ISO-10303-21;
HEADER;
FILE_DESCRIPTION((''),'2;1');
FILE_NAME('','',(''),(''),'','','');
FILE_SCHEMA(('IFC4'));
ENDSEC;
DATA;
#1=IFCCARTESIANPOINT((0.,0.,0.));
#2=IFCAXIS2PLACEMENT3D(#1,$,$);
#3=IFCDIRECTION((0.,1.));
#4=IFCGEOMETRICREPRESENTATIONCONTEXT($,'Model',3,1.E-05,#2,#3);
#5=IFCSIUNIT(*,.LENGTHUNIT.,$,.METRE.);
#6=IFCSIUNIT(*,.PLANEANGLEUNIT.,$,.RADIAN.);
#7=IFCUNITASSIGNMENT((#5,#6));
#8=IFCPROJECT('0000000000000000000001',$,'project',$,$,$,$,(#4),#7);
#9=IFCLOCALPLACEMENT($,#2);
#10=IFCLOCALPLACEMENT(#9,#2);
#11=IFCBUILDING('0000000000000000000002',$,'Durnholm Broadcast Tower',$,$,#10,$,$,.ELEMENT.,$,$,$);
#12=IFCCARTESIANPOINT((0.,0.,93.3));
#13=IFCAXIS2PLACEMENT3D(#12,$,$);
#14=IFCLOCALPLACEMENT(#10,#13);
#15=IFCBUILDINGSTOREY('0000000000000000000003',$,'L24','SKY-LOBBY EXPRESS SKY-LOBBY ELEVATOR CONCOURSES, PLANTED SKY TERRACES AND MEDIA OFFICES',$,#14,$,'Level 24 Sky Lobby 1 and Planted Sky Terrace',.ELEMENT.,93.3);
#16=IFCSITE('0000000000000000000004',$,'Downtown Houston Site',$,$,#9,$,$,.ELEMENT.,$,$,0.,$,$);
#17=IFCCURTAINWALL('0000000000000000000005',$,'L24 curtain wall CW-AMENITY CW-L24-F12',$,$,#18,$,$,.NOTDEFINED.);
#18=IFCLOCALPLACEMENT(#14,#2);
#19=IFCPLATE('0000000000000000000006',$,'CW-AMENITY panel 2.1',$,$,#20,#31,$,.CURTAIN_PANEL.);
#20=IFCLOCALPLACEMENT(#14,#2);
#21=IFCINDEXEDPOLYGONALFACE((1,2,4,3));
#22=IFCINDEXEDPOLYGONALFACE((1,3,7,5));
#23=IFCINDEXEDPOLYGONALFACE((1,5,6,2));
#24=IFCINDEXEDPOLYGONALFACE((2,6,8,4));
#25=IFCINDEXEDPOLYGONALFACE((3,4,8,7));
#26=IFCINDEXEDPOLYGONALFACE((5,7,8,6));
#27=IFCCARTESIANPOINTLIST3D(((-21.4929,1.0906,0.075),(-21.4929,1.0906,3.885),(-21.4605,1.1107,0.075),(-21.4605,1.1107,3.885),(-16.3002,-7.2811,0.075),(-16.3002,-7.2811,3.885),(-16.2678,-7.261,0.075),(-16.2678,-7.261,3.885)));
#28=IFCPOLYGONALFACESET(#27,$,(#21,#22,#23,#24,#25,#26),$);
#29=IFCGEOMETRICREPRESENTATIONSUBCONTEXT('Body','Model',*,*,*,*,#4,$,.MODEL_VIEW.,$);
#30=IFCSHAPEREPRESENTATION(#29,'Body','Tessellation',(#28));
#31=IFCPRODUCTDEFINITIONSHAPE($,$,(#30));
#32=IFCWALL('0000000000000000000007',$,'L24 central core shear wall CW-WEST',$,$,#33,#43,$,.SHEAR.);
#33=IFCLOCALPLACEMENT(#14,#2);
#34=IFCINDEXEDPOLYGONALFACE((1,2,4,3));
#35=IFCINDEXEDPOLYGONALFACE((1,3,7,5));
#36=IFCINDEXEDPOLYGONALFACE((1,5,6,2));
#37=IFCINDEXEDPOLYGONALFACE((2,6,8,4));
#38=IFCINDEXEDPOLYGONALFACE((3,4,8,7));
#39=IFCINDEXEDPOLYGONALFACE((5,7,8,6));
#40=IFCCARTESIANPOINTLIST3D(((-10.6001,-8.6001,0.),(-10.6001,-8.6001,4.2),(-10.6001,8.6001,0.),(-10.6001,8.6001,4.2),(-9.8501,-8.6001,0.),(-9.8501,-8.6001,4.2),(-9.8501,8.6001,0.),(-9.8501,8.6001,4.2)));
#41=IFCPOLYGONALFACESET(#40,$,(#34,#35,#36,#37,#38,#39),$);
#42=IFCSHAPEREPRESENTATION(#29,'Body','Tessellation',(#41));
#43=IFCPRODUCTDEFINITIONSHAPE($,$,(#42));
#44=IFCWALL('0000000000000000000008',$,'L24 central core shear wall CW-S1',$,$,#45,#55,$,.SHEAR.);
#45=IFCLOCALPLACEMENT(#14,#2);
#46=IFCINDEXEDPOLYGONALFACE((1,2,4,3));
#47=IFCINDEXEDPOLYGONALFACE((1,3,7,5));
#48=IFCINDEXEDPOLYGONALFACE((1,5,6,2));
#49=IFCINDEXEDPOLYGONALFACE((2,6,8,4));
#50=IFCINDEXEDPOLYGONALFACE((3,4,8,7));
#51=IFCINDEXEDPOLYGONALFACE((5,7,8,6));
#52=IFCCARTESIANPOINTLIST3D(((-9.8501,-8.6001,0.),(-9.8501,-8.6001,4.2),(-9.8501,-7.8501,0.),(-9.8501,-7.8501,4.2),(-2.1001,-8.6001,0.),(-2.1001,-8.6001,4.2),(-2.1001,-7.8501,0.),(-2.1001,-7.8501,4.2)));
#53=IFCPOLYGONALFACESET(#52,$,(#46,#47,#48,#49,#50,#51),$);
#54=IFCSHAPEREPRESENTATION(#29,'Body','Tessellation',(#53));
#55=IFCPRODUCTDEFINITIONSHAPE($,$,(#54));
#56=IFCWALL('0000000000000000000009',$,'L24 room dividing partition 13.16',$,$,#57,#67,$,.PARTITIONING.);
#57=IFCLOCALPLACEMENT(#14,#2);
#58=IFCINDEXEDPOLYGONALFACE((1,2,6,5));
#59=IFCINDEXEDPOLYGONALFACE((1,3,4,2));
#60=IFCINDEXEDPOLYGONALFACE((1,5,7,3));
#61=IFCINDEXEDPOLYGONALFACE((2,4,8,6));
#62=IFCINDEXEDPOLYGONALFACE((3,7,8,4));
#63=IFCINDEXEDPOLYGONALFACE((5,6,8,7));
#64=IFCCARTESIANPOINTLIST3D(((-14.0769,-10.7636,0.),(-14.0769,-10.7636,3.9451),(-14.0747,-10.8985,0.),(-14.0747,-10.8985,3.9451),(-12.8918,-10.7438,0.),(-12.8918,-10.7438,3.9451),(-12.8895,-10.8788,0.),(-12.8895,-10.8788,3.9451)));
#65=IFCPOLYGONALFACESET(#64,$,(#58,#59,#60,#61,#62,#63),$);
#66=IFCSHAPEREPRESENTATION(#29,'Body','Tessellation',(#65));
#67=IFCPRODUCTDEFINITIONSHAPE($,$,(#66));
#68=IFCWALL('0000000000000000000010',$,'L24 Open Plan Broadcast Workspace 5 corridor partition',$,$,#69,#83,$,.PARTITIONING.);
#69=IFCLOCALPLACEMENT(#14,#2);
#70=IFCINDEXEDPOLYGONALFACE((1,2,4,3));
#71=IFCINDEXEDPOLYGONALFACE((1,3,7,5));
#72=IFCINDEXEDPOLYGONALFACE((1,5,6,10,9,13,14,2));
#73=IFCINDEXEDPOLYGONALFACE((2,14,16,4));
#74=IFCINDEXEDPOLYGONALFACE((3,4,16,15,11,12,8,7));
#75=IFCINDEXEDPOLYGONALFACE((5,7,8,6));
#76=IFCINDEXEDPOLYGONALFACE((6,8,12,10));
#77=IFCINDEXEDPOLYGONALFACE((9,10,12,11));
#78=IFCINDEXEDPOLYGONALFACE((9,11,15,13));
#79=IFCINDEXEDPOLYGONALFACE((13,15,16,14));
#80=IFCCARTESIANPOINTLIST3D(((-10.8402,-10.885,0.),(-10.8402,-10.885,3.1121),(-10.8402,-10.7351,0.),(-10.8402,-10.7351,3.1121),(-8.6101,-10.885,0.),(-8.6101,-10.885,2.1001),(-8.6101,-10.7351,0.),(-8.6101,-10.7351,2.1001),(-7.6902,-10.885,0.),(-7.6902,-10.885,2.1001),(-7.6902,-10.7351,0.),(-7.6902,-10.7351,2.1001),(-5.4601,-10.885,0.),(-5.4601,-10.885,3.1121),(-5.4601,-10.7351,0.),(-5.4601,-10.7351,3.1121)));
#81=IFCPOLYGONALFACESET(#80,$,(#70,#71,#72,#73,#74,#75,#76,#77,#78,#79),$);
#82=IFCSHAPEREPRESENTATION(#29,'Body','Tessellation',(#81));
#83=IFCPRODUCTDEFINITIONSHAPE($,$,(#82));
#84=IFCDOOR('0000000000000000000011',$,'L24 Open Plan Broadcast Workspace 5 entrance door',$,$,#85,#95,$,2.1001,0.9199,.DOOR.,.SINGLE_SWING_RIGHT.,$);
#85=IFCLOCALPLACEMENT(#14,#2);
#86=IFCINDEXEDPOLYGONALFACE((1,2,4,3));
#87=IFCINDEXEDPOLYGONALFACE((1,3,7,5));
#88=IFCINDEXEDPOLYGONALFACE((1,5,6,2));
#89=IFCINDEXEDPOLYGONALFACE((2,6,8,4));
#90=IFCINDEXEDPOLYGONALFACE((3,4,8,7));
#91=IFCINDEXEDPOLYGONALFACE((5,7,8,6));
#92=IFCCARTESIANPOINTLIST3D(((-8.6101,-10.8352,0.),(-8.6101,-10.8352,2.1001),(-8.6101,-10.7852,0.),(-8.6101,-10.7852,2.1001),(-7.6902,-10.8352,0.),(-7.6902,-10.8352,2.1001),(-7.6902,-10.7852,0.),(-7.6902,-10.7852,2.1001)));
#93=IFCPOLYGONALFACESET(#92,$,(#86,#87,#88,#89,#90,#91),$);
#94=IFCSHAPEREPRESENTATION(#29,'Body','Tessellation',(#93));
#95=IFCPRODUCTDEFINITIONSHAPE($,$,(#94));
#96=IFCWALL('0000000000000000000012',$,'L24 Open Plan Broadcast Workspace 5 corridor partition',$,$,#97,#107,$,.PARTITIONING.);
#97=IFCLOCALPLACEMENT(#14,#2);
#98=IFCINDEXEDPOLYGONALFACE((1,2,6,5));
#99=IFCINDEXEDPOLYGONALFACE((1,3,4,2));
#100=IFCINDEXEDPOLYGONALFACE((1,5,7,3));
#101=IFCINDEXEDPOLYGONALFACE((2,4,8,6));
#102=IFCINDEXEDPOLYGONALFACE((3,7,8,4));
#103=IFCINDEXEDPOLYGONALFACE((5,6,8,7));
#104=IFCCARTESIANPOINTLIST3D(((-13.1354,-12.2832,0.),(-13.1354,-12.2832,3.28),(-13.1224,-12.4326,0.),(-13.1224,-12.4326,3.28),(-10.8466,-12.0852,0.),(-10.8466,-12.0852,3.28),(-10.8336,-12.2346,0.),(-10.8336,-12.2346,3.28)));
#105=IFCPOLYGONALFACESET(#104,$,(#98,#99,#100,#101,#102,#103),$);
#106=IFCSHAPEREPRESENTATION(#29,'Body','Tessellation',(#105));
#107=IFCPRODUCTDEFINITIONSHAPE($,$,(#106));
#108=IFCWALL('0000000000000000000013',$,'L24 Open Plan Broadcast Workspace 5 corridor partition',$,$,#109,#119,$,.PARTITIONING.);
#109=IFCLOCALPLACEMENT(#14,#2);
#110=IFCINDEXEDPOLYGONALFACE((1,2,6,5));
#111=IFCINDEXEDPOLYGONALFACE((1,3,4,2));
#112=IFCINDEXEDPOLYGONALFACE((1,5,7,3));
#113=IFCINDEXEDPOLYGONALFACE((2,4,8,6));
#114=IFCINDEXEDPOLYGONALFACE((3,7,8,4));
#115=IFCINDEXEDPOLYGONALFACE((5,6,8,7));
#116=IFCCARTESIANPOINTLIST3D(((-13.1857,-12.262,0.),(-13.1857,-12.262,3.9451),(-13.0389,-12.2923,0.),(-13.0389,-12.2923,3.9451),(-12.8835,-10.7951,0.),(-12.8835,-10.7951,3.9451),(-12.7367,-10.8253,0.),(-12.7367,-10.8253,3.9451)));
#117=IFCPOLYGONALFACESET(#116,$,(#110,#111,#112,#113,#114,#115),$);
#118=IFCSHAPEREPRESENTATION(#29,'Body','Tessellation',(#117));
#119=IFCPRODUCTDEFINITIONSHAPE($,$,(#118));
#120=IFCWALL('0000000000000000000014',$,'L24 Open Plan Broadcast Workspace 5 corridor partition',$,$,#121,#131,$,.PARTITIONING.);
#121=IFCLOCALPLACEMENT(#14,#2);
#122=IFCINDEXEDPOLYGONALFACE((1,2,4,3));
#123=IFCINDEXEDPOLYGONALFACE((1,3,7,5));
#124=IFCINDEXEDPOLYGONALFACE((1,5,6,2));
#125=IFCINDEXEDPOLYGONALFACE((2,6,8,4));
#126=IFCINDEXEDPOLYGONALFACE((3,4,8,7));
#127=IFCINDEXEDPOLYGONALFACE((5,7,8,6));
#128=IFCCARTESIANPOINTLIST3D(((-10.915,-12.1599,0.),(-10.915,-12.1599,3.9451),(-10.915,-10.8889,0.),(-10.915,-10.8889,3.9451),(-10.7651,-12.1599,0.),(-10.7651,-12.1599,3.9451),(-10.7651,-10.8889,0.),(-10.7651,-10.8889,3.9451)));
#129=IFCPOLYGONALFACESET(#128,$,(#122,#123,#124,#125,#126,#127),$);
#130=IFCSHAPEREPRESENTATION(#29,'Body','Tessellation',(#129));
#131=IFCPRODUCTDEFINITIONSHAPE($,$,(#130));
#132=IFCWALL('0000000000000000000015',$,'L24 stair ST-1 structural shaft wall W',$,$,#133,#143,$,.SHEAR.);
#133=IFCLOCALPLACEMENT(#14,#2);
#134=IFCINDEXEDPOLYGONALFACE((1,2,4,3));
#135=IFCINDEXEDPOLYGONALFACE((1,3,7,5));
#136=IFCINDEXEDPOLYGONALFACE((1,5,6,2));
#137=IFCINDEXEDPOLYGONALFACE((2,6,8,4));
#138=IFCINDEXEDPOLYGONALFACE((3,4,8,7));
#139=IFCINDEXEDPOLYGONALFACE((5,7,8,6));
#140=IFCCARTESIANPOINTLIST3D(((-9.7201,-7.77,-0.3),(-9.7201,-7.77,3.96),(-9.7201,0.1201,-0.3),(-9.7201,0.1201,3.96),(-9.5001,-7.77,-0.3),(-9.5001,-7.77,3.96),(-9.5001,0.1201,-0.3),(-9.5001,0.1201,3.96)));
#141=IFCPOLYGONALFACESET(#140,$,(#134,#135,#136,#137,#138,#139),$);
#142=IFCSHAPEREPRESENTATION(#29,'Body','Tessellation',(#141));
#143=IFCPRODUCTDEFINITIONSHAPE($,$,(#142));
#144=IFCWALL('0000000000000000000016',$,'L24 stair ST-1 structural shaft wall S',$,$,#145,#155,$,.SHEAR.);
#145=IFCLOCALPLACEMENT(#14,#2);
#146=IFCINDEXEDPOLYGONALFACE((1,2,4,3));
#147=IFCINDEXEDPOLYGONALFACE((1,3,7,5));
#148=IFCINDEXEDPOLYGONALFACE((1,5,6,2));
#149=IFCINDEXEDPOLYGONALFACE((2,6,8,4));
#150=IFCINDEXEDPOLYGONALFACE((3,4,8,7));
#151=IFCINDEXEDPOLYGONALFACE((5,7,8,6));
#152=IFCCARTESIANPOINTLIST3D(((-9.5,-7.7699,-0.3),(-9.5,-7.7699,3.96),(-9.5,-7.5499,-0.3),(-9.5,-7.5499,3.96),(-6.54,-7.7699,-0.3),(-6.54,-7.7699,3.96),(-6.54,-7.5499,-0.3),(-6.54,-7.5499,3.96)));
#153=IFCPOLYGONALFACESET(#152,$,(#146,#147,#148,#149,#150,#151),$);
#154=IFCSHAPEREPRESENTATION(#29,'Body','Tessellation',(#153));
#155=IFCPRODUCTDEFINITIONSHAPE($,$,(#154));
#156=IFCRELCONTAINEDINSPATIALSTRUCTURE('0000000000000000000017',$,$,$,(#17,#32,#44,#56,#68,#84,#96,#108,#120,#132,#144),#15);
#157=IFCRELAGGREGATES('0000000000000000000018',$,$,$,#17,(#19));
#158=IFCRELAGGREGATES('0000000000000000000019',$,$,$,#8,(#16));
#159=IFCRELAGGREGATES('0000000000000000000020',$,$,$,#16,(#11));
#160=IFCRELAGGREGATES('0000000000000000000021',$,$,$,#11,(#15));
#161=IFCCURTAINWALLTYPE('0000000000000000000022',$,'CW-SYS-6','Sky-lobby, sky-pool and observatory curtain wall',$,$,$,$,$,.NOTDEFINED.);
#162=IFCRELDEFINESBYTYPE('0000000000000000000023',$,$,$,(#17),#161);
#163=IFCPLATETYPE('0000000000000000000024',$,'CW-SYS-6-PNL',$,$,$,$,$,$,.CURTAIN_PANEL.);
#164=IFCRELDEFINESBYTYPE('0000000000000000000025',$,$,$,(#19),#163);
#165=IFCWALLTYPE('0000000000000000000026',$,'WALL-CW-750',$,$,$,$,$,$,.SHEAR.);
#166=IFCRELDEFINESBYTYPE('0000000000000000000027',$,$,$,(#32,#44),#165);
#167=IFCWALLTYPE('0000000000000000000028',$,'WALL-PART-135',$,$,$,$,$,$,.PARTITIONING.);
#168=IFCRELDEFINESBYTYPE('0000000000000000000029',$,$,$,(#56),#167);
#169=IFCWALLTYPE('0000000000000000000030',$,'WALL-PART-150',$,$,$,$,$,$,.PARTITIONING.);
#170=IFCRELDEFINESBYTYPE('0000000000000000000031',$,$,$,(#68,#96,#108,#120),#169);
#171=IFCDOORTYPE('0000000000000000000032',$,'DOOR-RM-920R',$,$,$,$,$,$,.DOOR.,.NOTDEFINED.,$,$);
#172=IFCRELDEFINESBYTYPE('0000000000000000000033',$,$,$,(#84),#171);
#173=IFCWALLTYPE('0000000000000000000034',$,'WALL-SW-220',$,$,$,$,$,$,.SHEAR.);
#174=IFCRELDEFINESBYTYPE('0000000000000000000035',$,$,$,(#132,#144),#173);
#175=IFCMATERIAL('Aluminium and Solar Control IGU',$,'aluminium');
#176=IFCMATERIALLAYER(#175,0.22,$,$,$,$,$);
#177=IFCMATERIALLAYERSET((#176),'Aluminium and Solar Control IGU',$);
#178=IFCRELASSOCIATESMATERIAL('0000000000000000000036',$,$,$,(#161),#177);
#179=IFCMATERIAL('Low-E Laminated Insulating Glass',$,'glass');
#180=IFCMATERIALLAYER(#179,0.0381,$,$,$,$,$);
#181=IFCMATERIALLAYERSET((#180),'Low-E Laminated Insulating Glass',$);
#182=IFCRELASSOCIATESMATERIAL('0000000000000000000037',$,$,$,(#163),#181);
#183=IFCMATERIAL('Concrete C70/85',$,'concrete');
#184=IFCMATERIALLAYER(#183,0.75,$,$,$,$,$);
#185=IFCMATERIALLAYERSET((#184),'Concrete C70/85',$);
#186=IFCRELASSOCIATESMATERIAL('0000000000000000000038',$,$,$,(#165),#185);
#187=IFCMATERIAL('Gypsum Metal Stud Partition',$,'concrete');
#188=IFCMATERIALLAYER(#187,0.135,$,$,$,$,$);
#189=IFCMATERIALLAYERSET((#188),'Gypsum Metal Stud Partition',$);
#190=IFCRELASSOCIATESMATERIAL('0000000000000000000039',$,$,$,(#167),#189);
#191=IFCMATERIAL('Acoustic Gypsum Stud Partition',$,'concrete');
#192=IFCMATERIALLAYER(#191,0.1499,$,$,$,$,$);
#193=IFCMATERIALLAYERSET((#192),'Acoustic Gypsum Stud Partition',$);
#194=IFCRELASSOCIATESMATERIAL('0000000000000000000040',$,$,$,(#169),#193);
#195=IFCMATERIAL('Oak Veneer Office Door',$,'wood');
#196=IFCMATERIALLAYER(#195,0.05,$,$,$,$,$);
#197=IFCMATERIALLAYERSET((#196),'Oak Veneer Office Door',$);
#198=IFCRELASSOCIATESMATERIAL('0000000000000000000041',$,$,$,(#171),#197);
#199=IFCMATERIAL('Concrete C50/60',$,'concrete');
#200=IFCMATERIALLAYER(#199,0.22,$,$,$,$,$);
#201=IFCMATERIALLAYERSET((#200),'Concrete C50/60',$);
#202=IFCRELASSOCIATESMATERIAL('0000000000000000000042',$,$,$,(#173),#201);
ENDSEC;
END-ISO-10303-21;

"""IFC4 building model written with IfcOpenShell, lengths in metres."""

from ifc_helpers import new_model, si_unit, direction, frame, frame_2d, origin, origin_2d, place, context, subcontext, project, spatial, rectangle, extrude, source, transform, mapped, material, layer, layer_set, type_object, type_shapes, element, fill, aggregate, save


model = new_model("IFC4")

# Units and contexts
model_context = context("Model", 3, precision=1e-05, world=origin(), true_north=direction((0.0, 1.0)))
body_context = subcontext(model_context, "Body", "Model", "MODEL_VIEW")
ifc_project = project(units=[si_unit("LENGTHUNIT", "METRE"), si_unit("PLANEANGLEUNIT", "RADIAN")], contexts=[model_context])

# Site, building, storey
site_placement = place(None, origin())
site = spatial("IfcSite", under=ifc_project, at=site_placement, Name="Downtown Houston Site", CompositionType="ELEMENT", RefElevation=0.0)
building_placement = place(site_placement, origin())
building = spatial("IfcBuilding", under=site, at=building_placement, Name="Durnholm Broadcast Tower", CompositionType="ELEMENT")
storey_placement = place(building_placement, frame((0.0, 0.0, 93.3)))
storey = spatial("IfcBuildingStorey", under=building, at=storey_placement, Name="L24", Description="SKY-LOBBY EXPRESS SKY-LOBBY ELEVATOR CONCOURSES, PLANTED SKY TERRACES AND MEDIA OFFICES", LongName="Level 24 Sky Lobby 1 and Planted Sky Terrace", CompositionType="ELEMENT", Elevation=93.3)

# Shared definitions
ifc_material_1 = material(Name="Concrete C70/85", Category="concrete")

# Shared definitions
ifc_material_2 = material(Name="Aluminium and Solar Control IGU", Category="aluminium")

# Shared definitions
ifc_layer_1 = layer(ifc_material_2, 0.22)
ifc_layer_set_1 = layer_set([ifc_layer_1], Name="Aluminium and Solar Control IGU")
curtain_wall_type_1 = type_object("IfcCurtainWallType", Name="CW-SYS-6", Description="Sky-lobby, sky-pool and observatory curtain wall", PredefinedType="NOTDEFINED", material=ifc_layer_set_1)

# Curtain wall
curtain_wall_1_placement = place(storey_placement, origin())
curtain_wall_1 = element("IfcCurtainWall", 1, at=curtain_wall_1_placement, inside=storey, type_object=curtain_wall_type_1, Name="L24 curtain wall CW-AMENITY CW-L24-F12", PredefinedType="NOTDEFINED")

# Plate
ifc_material_3 = material(Name="Low-E Laminated Insulating Glass", Category="glass")
ifc_layer_2 = layer(ifc_material_3, 0.0381)
ifc_layer_set_2 = layer_set([ifc_layer_2], Name="Low-E Laminated Insulating Glass")
plate_type_1 = type_object("IfcPlateType", Name="CW-SYS-6-PNL", PredefinedType="CURTAIN_PANEL", material=ifc_layer_set_2)
shared_shape_1 = source(origin(), body_context, "Body", "SweptSolid", [
    extrude(rectangle(XDim=9.8513, YDim=0.0381, at=origin_2d()), origin(), (0.0, 0.0, 1.0), 3.8101),
])
type_shapes(plate_type_1, [shared_shape_1])
plate_1_placement = place(storey_placement, frame((-18.8804, -3.0852, 0.075), z_axis=(0.0, 0.0, 1.0), x_axis=(-0.527105, 0.8498, 0.0)))
plate_1 = element("IfcPlate", 2, at=plate_1_placement, type_object=plate_type_1, Name="CW-AMENITY panel 2.1", PredefinedType="CURTAIN_PANEL", context=body_context, shape_type="MappedRepresentation", body=[
    mapped(shared_shape_1, transform((0.0, 0.0, 0.0), x_axis=(1.0, 0.0, 0.0), y_axis=(0.0, 1.0, 0.0), z_axis=(0.0, 0.0, 1.0), scale=1.0)),
])
aggregate(curtain_wall_1, [plate_1])

# Walls
ifc_layer_3 = layer(ifc_material_1, 0.75)
ifc_layer_set_3 = layer_set([ifc_layer_3], Name="Concrete C70/85")
wall_type_1 = type_object("IfcWallType", Name="WALL-CW-750", PredefinedType="SHEAR", material=ifc_layer_set_3)
wall_1_placement = place(storey_placement, frame((-10.2251, -8.6001, 0.0), z_axis=(0.0, 0.0, 1.0), x_axis=(0.0, 1.0, 0.0)))
element("IfcWall", 3, at=wall_1_placement, inside=storey, type_object=wall_type_1, Name="L24 central core shear wall CW-WEST", PredefinedType="SHEAR", context=body_context, shape_type="SweptSolid", body=[
    extrude(rectangle(XDim=17.2002, YDim=0.75, at=frame_2d((8.6001, 0.0))), origin(), (0.0, 0.0, 1.0), 4.2),
])
wall_2_placement = place(storey_placement, frame((-9.8501, -8.2251, 0.0), z_axis=(0.0, 0.0, 1.0), x_axis=(1.0, 0.0, 0.0)))
element("IfcWall", 4, at=wall_2_placement, inside=storey, type_object=wall_type_1, Name="L24 central core shear wall CW-S1", PredefinedType="SHEAR", context=body_context, shape_type="SweptSolid", body=[
    extrude(rectangle(XDim=7.75, YDim=0.75, at=frame_2d((3.875, 0.0))), origin(), (0.0, 0.0, 1.0), 4.2),
])
ifc_material_4 = material(Name="Gypsum Metal Stud Partition", Category="concrete")
ifc_layer_4 = layer(ifc_material_4, 0.135)
ifc_layer_set_4 = layer_set([ifc_layer_4], Name="Gypsum Metal Stud Partition")
wall_type_2 = type_object("IfcWallType", Name="WALL-PART-135", PredefinedType="PARTITIONING", material=ifc_layer_set_4)
wall_3_placement = place(storey_placement, frame((-14.0759, -10.8311, 0.0), z_axis=(0.0, 0.0, 1.0), x_axis=(0.999861, 0.016685, 0.0)))
element("IfcWall", 5, at=wall_3_placement, inside=storey, type_object=wall_type_2, Name="L24 room dividing partition 13.16", PredefinedType="PARTITIONING", context=body_context, shape_type="SweptSolid", body=[
    extrude(rectangle(XDim=1.1853, YDim=0.135, at=frame_2d((0.5928, 0.0))), origin(), (0.0, 0.0, 1.0), 3.9451),
])

# Wall, opening, door
ifc_material_5 = material(Name="Acoustic Gypsum Stud Partition", Category="concrete")
ifc_layer_5 = layer(ifc_material_5, 0.1499)
ifc_layer_set_5 = layer_set([ifc_layer_5], Name="Acoustic Gypsum Stud Partition")
wall_type_3 = type_object("IfcWallType", Name="WALL-PART-150", PredefinedType="PARTITIONING", material=ifc_layer_set_5)
wall_4_placement = place(storey_placement, frame((-10.8401, -10.8101, 0.0), z_axis=(0.0, 0.0, 1.0), x_axis=(1.0, 0.0, 0.0)))
wall_4 = element("IfcWall", 6, at=wall_4_placement, inside=storey, type_object=wall_type_3, Name="L24 Open Plan Broadcast Workspace 5 corridor partition", PredefinedType="PARTITIONING", context=body_context, shape_type="SweptSolid", body=[
    extrude(rectangle(XDim=5.3801, YDim=0.1499, at=frame_2d((2.6899, 0.0))), origin(), (0.0, 0.0, 1.0), 3.1121),
])
opening_placement = place(wall_4_placement, frame((2.23, 0.0, 0.0)))
opening = element("IfcOpeningElement", 7, at=opening_placement, cuts=wall_4, PredefinedType="OPENING", context=body_context, shape_type="SweptSolid", body=[
    extrude(rectangle(XDim=0.9199, YDim=2.1001, at=frame_2d((0.46, 1.05))), frame((0.0, 0.085, 0.0), z_axis=(0.0, -1.0, 0.0), x_axis=(1.0, 0.0, 0.0)), (0.0, 0.0, 1.0), 0.1699),
])
ifc_material_6 = material(Name="Oak Veneer Office Door", Category="wood")
ifc_layer_6 = layer(ifc_material_6, 0.05)
ifc_layer_set_6 = layer_set([ifc_layer_6], Name="Oak Veneer Office Door")
door_type = type_object("IfcDoorType", Name="DOOR-RM-920R", OperationType="NOTDEFINED", PredefinedType="DOOR", material=ifc_layer_set_6)
shared_shape_2 = source(origin(), body_context, "Body", "SweptSolid", [
    extrude(rectangle(XDim=0.9199, YDim=2.1001, at=frame_2d((0.46, 1.05))), frame((0.0, 0.0249, 0.0), z_axis=(0.0, -1.0, 0.0), x_axis=(1.0, 0.0, 0.0)), (0.0, 0.0, 1.0), 0.05),
])
type_shapes(door_type, [shared_shape_2])
door_placement = place(opening_placement, origin())
door = element("IfcDoor", 8, at=door_placement, inside=storey, type_object=door_type, Name="L24 Open Plan Broadcast Workspace 5 entrance door", OperationType="SINGLE_SWING_RIGHT", OverallHeight=2.1001, OverallWidth=0.9199, PredefinedType="DOOR", context=body_context, shape_type="MappedRepresentation", body=[
    mapped(shared_shape_2, transform((0.0, 0.0, 0.0), x_axis=(1.0, 0.0, 0.0), y_axis=(0.0, 1.0, 0.0), z_axis=(0.0, 0.0, 1.0), scale=1.0)),
])
fill(opening, door)

# Walls
wall_5_placement = place(storey_placement, frame((-13.1289, -12.3579, 0.0), z_axis=(0.0, 0.0, 1.0), x_axis=(0.996279, 0.086185, 0.0)))
element("IfcWall", 9, at=wall_5_placement, inside=storey, type_object=wall_type_3, Name="L24 Open Plan Broadcast Workspace 5 corridor partition", PredefinedType="PARTITIONING", context=body_context, shape_type="SweptSolid", body=[
    extrude(rectangle(XDim=2.2974, YDim=0.1499, at=frame_2d((1.1487, 0.0))), origin(), (0.0, 0.0, 1.0), 3.28),
])
wall_6_placement = place(storey_placement, frame((-12.8101, -10.8101, 0.0), z_axis=(0.0, 0.0, 1.0), x_axis=(-0.201786, -0.97943, 0.0)))
element("IfcWall", 10, at=wall_6_placement, inside=storey, type_object=wall_type_3, Name="L24 Open Plan Broadcast Workspace 5 corridor partition", PredefinedType="PARTITIONING", context=body_context, shape_type="SweptSolid", body=[
    extrude(rectangle(XDim=1.4978, YDim=0.1499, at=frame_2d((0.749, 0.0))), origin(), (0.0, 0.0, 1.0), 3.9451),
])
wall_7_placement = place(storey_placement, frame((-10.8401, -12.1599, 0.0), z_axis=(0.0, 0.0, 1.0), x_axis=(0.0, 1.0, 0.0)))
element("IfcWall", 11, at=wall_7_placement, inside=storey, type_object=wall_type_3, Name="L24 Open Plan Broadcast Workspace 5 corridor partition", PredefinedType="PARTITIONING", context=body_context, shape_type="SweptSolid", body=[
    extrude(rectangle(XDim=1.271, YDim=0.1499, at=frame_2d((0.6355, 0.0))), origin(), (0.0, 0.0, 1.0), 3.9451),
])
ifc_material_7 = material(Name="Concrete C50/60", Category="concrete")
ifc_layer_7 = layer(ifc_material_7, 0.22)
ifc_layer_set_7 = layer_set([ifc_layer_7], Name="Concrete C50/60")
wall_type_4 = type_object("IfcWallType", Name="WALL-SW-220", PredefinedType="SHEAR", material=ifc_layer_set_7)
wall_8_placement = place(storey_placement, frame((-9.6101, 0.1201, -0.3), z_axis=(0.0, 0.0, 1.0), x_axis=(0.0, -1.0, 0.0)))
element("IfcWall", 12, at=wall_8_placement, inside=storey, type_object=wall_type_4, Name="L24 stair ST-1 structural shaft wall W", PredefinedType="SHEAR", context=body_context, shape_type="SweptSolid", body=[
    extrude(rectangle(XDim=7.8901, YDim=0.22, at=frame_2d((3.9451, 0.0))), origin(), (0.0, 0.0, 1.0), 4.26),
])
wall_9_placement = place(storey_placement, frame((-9.5, -7.6599, -0.3), z_axis=(0.0, 0.0, 1.0), x_axis=(1.0, 0.0, 0.0)))
element("IfcWall", 13, at=wall_9_placement, inside=storey, type_object=wall_type_4, Name="L24 stair ST-1 structural shaft wall S", PredefinedType="SHEAR", context=body_context, shape_type="SweptSolid", body=[
    extrude(rectangle(XDim=2.96, YDim=0.22, at=frame_2d((1.48, 0.0))), origin(), (0.0, 0.0, 1.0), 4.26),
])

save(model, "model.ifc")
